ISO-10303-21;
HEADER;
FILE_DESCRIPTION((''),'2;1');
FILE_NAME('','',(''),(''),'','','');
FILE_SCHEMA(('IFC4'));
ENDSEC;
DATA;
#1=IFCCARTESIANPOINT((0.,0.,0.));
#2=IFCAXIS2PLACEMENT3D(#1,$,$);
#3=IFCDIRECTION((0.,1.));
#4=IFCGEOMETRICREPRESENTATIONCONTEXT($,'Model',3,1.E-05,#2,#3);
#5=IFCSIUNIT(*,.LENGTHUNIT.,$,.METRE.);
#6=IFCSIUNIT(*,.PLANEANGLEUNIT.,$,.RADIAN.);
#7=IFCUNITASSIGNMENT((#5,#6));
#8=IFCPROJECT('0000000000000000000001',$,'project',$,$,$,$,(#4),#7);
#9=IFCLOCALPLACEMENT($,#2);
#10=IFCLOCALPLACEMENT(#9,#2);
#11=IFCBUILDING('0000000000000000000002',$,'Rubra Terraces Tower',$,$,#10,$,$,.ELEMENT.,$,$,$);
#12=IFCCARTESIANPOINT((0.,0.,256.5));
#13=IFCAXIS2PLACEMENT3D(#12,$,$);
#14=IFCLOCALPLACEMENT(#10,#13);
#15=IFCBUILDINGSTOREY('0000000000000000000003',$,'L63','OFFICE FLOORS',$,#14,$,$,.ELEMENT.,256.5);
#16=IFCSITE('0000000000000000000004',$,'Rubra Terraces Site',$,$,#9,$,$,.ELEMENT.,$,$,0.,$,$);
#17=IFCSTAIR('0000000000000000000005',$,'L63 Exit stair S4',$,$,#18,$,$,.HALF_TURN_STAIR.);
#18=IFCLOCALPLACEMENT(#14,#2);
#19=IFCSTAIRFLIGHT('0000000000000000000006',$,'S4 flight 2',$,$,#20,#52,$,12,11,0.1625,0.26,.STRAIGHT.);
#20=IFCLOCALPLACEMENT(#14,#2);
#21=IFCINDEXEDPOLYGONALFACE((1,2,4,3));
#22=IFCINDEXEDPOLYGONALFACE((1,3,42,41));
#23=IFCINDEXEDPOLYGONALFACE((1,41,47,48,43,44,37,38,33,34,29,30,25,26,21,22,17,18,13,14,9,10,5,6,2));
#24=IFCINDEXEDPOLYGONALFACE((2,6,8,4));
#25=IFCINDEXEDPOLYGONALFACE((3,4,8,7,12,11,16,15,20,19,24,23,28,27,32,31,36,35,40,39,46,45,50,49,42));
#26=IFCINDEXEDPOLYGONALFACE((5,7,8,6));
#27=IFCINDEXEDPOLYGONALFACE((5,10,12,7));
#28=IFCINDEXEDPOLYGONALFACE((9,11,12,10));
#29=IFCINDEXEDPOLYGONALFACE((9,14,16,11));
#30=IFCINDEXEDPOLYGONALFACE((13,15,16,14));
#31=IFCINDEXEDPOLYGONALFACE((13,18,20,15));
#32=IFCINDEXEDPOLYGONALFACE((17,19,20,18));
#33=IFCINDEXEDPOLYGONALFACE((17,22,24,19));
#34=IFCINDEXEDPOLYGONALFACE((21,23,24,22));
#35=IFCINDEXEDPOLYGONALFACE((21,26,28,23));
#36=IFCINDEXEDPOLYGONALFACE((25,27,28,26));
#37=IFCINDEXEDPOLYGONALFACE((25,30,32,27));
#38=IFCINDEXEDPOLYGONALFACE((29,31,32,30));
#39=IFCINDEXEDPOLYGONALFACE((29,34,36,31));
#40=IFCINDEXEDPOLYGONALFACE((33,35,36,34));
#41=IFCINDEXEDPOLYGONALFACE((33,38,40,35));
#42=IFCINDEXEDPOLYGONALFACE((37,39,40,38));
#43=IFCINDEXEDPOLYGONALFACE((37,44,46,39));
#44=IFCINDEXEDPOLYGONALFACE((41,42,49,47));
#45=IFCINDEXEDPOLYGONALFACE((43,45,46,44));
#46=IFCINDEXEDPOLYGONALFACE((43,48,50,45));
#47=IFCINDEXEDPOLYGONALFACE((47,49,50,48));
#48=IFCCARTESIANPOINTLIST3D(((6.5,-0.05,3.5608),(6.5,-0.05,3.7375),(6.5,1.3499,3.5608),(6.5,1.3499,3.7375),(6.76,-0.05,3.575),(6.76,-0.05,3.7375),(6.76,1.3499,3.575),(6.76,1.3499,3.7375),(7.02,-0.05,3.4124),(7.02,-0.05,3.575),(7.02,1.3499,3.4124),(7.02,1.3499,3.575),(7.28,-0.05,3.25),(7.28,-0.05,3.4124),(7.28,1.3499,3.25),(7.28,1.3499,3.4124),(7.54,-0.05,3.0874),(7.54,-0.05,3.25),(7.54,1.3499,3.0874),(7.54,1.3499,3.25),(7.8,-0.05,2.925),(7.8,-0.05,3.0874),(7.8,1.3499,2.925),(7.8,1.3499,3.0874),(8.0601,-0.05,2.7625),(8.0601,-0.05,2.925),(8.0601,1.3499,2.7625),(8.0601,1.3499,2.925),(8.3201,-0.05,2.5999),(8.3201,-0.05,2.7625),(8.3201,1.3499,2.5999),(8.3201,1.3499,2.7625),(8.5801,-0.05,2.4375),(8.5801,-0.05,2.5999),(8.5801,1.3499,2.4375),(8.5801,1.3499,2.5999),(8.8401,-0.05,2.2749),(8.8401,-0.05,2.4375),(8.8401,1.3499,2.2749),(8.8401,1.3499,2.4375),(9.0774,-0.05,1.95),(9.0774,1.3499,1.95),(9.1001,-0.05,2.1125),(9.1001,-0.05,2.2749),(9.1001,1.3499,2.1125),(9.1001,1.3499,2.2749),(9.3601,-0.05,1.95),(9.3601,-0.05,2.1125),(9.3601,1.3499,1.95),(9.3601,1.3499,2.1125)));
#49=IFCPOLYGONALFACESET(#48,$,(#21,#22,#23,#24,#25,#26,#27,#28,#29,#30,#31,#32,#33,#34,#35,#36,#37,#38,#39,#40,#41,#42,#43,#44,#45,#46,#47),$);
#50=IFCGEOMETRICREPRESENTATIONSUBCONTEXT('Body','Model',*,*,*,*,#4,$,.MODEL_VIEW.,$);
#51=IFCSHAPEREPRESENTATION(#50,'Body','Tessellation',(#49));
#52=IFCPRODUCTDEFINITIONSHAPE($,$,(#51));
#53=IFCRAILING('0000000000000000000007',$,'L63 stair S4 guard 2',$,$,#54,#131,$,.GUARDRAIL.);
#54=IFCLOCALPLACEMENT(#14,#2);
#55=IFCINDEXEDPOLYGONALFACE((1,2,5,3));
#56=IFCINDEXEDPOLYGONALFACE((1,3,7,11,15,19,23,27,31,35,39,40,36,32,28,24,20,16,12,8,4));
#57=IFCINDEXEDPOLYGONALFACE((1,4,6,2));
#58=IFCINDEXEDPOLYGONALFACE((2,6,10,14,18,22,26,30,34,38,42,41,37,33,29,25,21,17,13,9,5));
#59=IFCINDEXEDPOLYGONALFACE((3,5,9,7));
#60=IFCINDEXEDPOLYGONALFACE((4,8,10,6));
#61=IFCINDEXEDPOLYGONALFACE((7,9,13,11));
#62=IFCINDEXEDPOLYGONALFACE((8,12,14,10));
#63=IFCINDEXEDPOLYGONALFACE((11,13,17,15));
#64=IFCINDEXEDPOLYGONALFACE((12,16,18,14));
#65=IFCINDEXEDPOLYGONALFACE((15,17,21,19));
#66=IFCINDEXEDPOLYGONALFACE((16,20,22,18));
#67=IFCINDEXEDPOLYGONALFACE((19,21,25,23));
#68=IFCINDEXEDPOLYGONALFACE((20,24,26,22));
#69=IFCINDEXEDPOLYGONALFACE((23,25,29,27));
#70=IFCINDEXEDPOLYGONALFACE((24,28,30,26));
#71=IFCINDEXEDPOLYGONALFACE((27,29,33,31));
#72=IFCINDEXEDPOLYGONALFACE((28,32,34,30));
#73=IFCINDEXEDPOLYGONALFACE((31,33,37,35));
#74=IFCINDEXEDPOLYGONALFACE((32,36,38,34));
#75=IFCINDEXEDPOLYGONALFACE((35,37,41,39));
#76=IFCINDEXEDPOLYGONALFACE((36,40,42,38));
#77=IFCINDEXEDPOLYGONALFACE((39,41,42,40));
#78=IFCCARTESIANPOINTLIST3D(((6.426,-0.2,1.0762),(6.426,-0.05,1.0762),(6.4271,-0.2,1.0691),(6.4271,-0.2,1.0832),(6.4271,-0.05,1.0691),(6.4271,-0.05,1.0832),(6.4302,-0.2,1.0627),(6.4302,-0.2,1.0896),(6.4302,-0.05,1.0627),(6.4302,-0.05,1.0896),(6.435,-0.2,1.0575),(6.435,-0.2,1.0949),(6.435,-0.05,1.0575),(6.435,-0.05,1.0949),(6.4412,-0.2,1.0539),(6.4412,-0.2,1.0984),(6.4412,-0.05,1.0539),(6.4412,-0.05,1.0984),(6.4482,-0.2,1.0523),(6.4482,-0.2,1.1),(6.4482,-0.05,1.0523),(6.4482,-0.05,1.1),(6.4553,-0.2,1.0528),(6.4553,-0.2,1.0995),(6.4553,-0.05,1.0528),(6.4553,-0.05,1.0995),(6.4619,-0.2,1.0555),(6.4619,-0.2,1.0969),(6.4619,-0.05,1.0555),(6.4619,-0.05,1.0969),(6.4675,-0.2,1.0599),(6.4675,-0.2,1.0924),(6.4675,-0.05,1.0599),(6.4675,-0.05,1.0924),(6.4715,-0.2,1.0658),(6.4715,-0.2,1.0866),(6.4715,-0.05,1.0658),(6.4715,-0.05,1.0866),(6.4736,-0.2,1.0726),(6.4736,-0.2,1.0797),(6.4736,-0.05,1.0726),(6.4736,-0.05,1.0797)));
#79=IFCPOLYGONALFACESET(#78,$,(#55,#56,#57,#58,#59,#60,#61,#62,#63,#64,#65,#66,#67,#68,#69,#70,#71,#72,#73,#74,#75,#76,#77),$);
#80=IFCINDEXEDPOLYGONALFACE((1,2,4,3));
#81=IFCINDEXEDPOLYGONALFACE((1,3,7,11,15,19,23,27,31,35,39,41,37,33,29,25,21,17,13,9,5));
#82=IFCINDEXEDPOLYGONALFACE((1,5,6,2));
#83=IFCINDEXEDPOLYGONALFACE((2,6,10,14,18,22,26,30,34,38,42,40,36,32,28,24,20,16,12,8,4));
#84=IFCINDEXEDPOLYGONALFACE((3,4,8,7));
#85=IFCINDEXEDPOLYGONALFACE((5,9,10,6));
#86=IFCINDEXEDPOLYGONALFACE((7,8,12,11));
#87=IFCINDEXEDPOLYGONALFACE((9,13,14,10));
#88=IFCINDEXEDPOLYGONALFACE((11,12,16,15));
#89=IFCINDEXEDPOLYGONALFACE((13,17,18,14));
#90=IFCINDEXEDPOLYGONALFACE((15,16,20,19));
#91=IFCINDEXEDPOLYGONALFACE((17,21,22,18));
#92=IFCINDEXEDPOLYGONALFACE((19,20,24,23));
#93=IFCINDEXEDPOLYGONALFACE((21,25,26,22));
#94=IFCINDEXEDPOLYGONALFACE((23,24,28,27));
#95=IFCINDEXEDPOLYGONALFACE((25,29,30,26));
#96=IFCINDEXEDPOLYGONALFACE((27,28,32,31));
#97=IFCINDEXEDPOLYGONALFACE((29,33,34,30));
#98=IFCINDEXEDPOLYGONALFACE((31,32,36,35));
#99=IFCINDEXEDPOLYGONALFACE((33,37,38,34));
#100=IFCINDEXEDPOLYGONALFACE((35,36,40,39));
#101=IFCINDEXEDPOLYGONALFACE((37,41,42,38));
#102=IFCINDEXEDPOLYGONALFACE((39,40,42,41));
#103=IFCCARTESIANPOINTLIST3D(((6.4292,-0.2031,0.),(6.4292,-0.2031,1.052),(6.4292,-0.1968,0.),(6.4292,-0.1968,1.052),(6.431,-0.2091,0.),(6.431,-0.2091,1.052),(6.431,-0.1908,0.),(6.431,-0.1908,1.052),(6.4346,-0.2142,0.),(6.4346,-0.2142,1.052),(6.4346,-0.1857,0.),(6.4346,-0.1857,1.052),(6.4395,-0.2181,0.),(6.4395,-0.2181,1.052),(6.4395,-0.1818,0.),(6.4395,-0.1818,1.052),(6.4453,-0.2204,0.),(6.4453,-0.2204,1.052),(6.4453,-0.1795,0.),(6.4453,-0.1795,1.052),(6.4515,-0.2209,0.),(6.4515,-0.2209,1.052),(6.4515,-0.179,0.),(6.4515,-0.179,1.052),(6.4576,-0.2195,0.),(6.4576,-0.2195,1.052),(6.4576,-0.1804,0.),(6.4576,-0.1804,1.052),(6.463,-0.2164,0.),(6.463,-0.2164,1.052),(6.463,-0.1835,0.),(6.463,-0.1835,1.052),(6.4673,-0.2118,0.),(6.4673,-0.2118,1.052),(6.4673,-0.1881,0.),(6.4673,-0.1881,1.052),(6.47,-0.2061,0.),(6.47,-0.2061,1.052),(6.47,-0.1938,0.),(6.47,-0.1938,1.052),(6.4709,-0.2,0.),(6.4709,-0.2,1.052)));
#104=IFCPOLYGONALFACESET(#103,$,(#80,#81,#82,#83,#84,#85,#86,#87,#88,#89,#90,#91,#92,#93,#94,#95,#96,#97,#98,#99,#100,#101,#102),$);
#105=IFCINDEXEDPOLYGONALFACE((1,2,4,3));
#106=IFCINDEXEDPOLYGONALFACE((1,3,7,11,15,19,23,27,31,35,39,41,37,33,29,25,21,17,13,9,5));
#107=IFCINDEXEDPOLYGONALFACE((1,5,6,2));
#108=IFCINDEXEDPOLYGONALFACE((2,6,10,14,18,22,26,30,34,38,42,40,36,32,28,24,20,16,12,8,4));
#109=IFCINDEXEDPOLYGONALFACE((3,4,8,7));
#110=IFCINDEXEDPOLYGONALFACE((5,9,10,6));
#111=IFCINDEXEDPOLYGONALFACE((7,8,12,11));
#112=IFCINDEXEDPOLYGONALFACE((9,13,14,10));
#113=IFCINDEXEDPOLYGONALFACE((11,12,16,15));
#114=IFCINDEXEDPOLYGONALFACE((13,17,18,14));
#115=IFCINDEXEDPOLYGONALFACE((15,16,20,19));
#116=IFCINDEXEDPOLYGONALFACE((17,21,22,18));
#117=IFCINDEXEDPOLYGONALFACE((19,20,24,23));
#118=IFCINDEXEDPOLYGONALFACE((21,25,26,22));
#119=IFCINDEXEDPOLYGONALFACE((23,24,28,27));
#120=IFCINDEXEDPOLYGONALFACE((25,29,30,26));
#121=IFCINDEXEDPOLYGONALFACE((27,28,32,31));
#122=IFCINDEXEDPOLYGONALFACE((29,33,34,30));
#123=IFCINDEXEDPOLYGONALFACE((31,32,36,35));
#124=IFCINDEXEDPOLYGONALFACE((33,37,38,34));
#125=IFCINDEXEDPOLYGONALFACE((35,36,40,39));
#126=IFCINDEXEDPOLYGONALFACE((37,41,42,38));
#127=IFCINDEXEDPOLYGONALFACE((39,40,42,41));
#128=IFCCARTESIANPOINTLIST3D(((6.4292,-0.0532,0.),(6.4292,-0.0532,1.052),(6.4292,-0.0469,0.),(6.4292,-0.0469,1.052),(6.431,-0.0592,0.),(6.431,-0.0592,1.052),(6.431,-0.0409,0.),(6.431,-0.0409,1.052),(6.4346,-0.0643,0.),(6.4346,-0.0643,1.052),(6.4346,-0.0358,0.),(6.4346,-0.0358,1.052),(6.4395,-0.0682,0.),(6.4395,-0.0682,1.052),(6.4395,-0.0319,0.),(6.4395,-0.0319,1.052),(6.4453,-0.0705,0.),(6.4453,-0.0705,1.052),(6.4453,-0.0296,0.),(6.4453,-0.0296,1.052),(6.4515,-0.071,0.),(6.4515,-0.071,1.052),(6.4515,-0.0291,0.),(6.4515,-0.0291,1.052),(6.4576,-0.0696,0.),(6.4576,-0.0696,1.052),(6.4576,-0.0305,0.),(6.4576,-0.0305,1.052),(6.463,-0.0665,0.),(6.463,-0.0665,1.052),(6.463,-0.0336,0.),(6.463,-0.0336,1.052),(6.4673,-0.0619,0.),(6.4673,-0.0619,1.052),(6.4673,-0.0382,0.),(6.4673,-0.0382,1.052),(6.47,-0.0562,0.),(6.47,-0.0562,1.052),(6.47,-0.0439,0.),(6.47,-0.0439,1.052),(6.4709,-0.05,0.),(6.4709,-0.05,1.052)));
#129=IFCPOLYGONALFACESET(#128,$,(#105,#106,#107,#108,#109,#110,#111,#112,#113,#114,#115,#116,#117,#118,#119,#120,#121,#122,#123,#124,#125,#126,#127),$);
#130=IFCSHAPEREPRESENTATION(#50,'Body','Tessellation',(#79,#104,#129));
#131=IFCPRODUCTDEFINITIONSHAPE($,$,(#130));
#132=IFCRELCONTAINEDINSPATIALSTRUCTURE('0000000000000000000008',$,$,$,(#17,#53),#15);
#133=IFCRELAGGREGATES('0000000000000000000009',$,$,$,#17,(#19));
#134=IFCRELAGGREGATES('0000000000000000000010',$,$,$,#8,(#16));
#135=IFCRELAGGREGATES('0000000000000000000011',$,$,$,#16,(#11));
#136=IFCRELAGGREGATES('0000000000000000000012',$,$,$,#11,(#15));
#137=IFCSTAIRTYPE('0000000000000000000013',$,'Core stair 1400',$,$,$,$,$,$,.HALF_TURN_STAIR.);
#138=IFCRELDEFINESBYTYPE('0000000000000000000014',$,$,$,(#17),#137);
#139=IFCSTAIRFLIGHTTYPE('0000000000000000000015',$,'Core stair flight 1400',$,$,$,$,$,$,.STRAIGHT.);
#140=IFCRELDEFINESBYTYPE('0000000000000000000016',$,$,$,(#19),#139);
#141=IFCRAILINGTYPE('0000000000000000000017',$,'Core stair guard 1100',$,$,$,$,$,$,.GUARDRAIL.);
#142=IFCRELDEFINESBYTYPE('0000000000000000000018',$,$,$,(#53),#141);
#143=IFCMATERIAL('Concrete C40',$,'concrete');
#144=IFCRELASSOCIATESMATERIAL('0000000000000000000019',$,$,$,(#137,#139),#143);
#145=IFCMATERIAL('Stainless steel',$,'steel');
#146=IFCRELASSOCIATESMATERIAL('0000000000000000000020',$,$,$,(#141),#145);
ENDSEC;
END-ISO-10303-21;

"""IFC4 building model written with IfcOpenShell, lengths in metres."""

from ifc_helpers import new_model, si_unit, direction, frame, origin, origin_2d, place, context, subcontext, project, spatial, polyline, circle, outline, extrude, material, type_object, element, aggregate, save


model = new_model("IFC4")

# Units and contexts
model_context = context("Model", 3, precision=1e-05, world=origin(), true_north=direction((0.0, 1.0)))
body_context = subcontext(model_context, "Body", "Model", "MODEL_VIEW")
ifc_project = project(units=[si_unit("LENGTHUNIT", "METRE"), si_unit("PLANEANGLEUNIT", "RADIAN")], contexts=[model_context])

# Site, building, storey
site_placement = place(None, origin())
site = spatial("IfcSite", under=ifc_project, at=site_placement, Name="Rubra Terraces Site", CompositionType="ELEMENT", RefElevation=0.0)
building_placement = place(site_placement, origin())
building = spatial("IfcBuilding", under=site, at=building_placement, Name="Rubra Terraces Tower", CompositionType="ELEMENT")
storey_placement = place(building_placement, frame((0.0, 0.0, 256.5)))
storey = spatial("IfcBuildingStorey", under=building, at=storey_placement, Name="L63", Description="OFFICE FLOORS", CompositionType="ELEMENT", Elevation=256.5)

# Shared definitions
ifc_material_1 = material(Name="Concrete C40", Category="concrete")

# Stair
stair_type = type_object("IfcStairType", Name="Core stair 1400", PredefinedType="HALF_TURN_STAIR", material=ifc_material_1)
stair_1_placement = place(storey_placement, origin())
stair_1 = element("IfcStair", 1, at=stair_1_placement, inside=storey, type_object=stair_type, Name="L63 Exit stair S4", PredefinedType="HALF_TURN_STAIR")

# Stair flight
stair_flight_type = type_object("IfcStairFlightType", Name="Core stair flight 1400", PredefinedType="STRAIGHT", material=ifc_material_1)
stair_flight_1_placement = place(storey_placement, frame((9.3601, 0.6499, 1.95), z_axis=(0.0, 0.0, 1.0), x_axis=(-1.0, 0.0, 0.0)))
stair_flight_1 = element("IfcStairFlight", 2, at=stair_flight_1_placement, type_object=stair_flight_type, Name="S4 flight 2", NumberOfRisers=12, NumberOfTreads=11, PredefinedType="STRAIGHT", RiserHeight=0.1625, TreadLength=0.26, context=body_context, shape_type="SweptSolid", body=[
    extrude(outline(polyline([(0.0, 0.0), (0.0, 0.1626), (0.26, 0.1626), (0.26, 0.325), (0.52, 0.325), (0.52, 0.4875), (0.78, 0.4875), (0.78, 0.6499), (1.04, 0.6499), (1.04, 0.8125), (1.3, 0.8125), (1.3, 0.9751), (1.5601, 0.9751), (1.5601, 1.1375), (1.8201, 1.1375), (1.8201, 1.3), (2.0801, 1.3), (2.0801, 1.4624), (2.3401, 1.4624), (2.3401, 1.625), (2.6001, 1.625), (2.6001, 1.7876), (2.8601, 1.7876), (2.8601, 1.95), (2.8601, 1.6108), (0.2827, 0.0), (0.0, 0.0)])), frame((0.0, 0.7, 0.0), z_axis=(0.0, -1.0, 0.0), x_axis=(1.0, 0.0, 0.0)), (0.0, 0.0, 1.0), 1.3999),
])
aggregate(stair_1, [stair_flight_1])

# Railing
ifc_material_2 = material(Name="Stainless steel", Category="steel")
railing_type_1 = type_object("IfcRailingType", Name="Core stair guard 1100", PredefinedType="GUARDRAIL", material=ifc_material_2)
railing_1_placement = place(storey_placement, frame((6.45, -0.2, 0.0)))
element("IfcRailing", 3, at=railing_1_placement, inside=storey, type_object=railing_type_1, Name="L63 stair S4 guard 2", PredefinedType="GUARDRAIL", context=body_context, shape_type="SweptSolid", body=[
    extrude(circle(Radius=0.0239, at=origin_2d()), frame((0.0, 0.0, 1.0762), z_axis=(0.0, 1.0, 0.0), x_axis=(-1.0, 0.0, 0.0)), (0.0, 0.0, 1.0), 0.1499),
    extrude(circle(Radius=0.021, at=origin_2d()), origin(), (0.0, 0.0, 1.0), 1.052),
    extrude(circle(Radius=0.021, at=origin_2d()), frame((0.0, 0.1499, 0.0)), (0.0, 0.0, 1.0), 1.052),
])

save(model, "model.ifc")
